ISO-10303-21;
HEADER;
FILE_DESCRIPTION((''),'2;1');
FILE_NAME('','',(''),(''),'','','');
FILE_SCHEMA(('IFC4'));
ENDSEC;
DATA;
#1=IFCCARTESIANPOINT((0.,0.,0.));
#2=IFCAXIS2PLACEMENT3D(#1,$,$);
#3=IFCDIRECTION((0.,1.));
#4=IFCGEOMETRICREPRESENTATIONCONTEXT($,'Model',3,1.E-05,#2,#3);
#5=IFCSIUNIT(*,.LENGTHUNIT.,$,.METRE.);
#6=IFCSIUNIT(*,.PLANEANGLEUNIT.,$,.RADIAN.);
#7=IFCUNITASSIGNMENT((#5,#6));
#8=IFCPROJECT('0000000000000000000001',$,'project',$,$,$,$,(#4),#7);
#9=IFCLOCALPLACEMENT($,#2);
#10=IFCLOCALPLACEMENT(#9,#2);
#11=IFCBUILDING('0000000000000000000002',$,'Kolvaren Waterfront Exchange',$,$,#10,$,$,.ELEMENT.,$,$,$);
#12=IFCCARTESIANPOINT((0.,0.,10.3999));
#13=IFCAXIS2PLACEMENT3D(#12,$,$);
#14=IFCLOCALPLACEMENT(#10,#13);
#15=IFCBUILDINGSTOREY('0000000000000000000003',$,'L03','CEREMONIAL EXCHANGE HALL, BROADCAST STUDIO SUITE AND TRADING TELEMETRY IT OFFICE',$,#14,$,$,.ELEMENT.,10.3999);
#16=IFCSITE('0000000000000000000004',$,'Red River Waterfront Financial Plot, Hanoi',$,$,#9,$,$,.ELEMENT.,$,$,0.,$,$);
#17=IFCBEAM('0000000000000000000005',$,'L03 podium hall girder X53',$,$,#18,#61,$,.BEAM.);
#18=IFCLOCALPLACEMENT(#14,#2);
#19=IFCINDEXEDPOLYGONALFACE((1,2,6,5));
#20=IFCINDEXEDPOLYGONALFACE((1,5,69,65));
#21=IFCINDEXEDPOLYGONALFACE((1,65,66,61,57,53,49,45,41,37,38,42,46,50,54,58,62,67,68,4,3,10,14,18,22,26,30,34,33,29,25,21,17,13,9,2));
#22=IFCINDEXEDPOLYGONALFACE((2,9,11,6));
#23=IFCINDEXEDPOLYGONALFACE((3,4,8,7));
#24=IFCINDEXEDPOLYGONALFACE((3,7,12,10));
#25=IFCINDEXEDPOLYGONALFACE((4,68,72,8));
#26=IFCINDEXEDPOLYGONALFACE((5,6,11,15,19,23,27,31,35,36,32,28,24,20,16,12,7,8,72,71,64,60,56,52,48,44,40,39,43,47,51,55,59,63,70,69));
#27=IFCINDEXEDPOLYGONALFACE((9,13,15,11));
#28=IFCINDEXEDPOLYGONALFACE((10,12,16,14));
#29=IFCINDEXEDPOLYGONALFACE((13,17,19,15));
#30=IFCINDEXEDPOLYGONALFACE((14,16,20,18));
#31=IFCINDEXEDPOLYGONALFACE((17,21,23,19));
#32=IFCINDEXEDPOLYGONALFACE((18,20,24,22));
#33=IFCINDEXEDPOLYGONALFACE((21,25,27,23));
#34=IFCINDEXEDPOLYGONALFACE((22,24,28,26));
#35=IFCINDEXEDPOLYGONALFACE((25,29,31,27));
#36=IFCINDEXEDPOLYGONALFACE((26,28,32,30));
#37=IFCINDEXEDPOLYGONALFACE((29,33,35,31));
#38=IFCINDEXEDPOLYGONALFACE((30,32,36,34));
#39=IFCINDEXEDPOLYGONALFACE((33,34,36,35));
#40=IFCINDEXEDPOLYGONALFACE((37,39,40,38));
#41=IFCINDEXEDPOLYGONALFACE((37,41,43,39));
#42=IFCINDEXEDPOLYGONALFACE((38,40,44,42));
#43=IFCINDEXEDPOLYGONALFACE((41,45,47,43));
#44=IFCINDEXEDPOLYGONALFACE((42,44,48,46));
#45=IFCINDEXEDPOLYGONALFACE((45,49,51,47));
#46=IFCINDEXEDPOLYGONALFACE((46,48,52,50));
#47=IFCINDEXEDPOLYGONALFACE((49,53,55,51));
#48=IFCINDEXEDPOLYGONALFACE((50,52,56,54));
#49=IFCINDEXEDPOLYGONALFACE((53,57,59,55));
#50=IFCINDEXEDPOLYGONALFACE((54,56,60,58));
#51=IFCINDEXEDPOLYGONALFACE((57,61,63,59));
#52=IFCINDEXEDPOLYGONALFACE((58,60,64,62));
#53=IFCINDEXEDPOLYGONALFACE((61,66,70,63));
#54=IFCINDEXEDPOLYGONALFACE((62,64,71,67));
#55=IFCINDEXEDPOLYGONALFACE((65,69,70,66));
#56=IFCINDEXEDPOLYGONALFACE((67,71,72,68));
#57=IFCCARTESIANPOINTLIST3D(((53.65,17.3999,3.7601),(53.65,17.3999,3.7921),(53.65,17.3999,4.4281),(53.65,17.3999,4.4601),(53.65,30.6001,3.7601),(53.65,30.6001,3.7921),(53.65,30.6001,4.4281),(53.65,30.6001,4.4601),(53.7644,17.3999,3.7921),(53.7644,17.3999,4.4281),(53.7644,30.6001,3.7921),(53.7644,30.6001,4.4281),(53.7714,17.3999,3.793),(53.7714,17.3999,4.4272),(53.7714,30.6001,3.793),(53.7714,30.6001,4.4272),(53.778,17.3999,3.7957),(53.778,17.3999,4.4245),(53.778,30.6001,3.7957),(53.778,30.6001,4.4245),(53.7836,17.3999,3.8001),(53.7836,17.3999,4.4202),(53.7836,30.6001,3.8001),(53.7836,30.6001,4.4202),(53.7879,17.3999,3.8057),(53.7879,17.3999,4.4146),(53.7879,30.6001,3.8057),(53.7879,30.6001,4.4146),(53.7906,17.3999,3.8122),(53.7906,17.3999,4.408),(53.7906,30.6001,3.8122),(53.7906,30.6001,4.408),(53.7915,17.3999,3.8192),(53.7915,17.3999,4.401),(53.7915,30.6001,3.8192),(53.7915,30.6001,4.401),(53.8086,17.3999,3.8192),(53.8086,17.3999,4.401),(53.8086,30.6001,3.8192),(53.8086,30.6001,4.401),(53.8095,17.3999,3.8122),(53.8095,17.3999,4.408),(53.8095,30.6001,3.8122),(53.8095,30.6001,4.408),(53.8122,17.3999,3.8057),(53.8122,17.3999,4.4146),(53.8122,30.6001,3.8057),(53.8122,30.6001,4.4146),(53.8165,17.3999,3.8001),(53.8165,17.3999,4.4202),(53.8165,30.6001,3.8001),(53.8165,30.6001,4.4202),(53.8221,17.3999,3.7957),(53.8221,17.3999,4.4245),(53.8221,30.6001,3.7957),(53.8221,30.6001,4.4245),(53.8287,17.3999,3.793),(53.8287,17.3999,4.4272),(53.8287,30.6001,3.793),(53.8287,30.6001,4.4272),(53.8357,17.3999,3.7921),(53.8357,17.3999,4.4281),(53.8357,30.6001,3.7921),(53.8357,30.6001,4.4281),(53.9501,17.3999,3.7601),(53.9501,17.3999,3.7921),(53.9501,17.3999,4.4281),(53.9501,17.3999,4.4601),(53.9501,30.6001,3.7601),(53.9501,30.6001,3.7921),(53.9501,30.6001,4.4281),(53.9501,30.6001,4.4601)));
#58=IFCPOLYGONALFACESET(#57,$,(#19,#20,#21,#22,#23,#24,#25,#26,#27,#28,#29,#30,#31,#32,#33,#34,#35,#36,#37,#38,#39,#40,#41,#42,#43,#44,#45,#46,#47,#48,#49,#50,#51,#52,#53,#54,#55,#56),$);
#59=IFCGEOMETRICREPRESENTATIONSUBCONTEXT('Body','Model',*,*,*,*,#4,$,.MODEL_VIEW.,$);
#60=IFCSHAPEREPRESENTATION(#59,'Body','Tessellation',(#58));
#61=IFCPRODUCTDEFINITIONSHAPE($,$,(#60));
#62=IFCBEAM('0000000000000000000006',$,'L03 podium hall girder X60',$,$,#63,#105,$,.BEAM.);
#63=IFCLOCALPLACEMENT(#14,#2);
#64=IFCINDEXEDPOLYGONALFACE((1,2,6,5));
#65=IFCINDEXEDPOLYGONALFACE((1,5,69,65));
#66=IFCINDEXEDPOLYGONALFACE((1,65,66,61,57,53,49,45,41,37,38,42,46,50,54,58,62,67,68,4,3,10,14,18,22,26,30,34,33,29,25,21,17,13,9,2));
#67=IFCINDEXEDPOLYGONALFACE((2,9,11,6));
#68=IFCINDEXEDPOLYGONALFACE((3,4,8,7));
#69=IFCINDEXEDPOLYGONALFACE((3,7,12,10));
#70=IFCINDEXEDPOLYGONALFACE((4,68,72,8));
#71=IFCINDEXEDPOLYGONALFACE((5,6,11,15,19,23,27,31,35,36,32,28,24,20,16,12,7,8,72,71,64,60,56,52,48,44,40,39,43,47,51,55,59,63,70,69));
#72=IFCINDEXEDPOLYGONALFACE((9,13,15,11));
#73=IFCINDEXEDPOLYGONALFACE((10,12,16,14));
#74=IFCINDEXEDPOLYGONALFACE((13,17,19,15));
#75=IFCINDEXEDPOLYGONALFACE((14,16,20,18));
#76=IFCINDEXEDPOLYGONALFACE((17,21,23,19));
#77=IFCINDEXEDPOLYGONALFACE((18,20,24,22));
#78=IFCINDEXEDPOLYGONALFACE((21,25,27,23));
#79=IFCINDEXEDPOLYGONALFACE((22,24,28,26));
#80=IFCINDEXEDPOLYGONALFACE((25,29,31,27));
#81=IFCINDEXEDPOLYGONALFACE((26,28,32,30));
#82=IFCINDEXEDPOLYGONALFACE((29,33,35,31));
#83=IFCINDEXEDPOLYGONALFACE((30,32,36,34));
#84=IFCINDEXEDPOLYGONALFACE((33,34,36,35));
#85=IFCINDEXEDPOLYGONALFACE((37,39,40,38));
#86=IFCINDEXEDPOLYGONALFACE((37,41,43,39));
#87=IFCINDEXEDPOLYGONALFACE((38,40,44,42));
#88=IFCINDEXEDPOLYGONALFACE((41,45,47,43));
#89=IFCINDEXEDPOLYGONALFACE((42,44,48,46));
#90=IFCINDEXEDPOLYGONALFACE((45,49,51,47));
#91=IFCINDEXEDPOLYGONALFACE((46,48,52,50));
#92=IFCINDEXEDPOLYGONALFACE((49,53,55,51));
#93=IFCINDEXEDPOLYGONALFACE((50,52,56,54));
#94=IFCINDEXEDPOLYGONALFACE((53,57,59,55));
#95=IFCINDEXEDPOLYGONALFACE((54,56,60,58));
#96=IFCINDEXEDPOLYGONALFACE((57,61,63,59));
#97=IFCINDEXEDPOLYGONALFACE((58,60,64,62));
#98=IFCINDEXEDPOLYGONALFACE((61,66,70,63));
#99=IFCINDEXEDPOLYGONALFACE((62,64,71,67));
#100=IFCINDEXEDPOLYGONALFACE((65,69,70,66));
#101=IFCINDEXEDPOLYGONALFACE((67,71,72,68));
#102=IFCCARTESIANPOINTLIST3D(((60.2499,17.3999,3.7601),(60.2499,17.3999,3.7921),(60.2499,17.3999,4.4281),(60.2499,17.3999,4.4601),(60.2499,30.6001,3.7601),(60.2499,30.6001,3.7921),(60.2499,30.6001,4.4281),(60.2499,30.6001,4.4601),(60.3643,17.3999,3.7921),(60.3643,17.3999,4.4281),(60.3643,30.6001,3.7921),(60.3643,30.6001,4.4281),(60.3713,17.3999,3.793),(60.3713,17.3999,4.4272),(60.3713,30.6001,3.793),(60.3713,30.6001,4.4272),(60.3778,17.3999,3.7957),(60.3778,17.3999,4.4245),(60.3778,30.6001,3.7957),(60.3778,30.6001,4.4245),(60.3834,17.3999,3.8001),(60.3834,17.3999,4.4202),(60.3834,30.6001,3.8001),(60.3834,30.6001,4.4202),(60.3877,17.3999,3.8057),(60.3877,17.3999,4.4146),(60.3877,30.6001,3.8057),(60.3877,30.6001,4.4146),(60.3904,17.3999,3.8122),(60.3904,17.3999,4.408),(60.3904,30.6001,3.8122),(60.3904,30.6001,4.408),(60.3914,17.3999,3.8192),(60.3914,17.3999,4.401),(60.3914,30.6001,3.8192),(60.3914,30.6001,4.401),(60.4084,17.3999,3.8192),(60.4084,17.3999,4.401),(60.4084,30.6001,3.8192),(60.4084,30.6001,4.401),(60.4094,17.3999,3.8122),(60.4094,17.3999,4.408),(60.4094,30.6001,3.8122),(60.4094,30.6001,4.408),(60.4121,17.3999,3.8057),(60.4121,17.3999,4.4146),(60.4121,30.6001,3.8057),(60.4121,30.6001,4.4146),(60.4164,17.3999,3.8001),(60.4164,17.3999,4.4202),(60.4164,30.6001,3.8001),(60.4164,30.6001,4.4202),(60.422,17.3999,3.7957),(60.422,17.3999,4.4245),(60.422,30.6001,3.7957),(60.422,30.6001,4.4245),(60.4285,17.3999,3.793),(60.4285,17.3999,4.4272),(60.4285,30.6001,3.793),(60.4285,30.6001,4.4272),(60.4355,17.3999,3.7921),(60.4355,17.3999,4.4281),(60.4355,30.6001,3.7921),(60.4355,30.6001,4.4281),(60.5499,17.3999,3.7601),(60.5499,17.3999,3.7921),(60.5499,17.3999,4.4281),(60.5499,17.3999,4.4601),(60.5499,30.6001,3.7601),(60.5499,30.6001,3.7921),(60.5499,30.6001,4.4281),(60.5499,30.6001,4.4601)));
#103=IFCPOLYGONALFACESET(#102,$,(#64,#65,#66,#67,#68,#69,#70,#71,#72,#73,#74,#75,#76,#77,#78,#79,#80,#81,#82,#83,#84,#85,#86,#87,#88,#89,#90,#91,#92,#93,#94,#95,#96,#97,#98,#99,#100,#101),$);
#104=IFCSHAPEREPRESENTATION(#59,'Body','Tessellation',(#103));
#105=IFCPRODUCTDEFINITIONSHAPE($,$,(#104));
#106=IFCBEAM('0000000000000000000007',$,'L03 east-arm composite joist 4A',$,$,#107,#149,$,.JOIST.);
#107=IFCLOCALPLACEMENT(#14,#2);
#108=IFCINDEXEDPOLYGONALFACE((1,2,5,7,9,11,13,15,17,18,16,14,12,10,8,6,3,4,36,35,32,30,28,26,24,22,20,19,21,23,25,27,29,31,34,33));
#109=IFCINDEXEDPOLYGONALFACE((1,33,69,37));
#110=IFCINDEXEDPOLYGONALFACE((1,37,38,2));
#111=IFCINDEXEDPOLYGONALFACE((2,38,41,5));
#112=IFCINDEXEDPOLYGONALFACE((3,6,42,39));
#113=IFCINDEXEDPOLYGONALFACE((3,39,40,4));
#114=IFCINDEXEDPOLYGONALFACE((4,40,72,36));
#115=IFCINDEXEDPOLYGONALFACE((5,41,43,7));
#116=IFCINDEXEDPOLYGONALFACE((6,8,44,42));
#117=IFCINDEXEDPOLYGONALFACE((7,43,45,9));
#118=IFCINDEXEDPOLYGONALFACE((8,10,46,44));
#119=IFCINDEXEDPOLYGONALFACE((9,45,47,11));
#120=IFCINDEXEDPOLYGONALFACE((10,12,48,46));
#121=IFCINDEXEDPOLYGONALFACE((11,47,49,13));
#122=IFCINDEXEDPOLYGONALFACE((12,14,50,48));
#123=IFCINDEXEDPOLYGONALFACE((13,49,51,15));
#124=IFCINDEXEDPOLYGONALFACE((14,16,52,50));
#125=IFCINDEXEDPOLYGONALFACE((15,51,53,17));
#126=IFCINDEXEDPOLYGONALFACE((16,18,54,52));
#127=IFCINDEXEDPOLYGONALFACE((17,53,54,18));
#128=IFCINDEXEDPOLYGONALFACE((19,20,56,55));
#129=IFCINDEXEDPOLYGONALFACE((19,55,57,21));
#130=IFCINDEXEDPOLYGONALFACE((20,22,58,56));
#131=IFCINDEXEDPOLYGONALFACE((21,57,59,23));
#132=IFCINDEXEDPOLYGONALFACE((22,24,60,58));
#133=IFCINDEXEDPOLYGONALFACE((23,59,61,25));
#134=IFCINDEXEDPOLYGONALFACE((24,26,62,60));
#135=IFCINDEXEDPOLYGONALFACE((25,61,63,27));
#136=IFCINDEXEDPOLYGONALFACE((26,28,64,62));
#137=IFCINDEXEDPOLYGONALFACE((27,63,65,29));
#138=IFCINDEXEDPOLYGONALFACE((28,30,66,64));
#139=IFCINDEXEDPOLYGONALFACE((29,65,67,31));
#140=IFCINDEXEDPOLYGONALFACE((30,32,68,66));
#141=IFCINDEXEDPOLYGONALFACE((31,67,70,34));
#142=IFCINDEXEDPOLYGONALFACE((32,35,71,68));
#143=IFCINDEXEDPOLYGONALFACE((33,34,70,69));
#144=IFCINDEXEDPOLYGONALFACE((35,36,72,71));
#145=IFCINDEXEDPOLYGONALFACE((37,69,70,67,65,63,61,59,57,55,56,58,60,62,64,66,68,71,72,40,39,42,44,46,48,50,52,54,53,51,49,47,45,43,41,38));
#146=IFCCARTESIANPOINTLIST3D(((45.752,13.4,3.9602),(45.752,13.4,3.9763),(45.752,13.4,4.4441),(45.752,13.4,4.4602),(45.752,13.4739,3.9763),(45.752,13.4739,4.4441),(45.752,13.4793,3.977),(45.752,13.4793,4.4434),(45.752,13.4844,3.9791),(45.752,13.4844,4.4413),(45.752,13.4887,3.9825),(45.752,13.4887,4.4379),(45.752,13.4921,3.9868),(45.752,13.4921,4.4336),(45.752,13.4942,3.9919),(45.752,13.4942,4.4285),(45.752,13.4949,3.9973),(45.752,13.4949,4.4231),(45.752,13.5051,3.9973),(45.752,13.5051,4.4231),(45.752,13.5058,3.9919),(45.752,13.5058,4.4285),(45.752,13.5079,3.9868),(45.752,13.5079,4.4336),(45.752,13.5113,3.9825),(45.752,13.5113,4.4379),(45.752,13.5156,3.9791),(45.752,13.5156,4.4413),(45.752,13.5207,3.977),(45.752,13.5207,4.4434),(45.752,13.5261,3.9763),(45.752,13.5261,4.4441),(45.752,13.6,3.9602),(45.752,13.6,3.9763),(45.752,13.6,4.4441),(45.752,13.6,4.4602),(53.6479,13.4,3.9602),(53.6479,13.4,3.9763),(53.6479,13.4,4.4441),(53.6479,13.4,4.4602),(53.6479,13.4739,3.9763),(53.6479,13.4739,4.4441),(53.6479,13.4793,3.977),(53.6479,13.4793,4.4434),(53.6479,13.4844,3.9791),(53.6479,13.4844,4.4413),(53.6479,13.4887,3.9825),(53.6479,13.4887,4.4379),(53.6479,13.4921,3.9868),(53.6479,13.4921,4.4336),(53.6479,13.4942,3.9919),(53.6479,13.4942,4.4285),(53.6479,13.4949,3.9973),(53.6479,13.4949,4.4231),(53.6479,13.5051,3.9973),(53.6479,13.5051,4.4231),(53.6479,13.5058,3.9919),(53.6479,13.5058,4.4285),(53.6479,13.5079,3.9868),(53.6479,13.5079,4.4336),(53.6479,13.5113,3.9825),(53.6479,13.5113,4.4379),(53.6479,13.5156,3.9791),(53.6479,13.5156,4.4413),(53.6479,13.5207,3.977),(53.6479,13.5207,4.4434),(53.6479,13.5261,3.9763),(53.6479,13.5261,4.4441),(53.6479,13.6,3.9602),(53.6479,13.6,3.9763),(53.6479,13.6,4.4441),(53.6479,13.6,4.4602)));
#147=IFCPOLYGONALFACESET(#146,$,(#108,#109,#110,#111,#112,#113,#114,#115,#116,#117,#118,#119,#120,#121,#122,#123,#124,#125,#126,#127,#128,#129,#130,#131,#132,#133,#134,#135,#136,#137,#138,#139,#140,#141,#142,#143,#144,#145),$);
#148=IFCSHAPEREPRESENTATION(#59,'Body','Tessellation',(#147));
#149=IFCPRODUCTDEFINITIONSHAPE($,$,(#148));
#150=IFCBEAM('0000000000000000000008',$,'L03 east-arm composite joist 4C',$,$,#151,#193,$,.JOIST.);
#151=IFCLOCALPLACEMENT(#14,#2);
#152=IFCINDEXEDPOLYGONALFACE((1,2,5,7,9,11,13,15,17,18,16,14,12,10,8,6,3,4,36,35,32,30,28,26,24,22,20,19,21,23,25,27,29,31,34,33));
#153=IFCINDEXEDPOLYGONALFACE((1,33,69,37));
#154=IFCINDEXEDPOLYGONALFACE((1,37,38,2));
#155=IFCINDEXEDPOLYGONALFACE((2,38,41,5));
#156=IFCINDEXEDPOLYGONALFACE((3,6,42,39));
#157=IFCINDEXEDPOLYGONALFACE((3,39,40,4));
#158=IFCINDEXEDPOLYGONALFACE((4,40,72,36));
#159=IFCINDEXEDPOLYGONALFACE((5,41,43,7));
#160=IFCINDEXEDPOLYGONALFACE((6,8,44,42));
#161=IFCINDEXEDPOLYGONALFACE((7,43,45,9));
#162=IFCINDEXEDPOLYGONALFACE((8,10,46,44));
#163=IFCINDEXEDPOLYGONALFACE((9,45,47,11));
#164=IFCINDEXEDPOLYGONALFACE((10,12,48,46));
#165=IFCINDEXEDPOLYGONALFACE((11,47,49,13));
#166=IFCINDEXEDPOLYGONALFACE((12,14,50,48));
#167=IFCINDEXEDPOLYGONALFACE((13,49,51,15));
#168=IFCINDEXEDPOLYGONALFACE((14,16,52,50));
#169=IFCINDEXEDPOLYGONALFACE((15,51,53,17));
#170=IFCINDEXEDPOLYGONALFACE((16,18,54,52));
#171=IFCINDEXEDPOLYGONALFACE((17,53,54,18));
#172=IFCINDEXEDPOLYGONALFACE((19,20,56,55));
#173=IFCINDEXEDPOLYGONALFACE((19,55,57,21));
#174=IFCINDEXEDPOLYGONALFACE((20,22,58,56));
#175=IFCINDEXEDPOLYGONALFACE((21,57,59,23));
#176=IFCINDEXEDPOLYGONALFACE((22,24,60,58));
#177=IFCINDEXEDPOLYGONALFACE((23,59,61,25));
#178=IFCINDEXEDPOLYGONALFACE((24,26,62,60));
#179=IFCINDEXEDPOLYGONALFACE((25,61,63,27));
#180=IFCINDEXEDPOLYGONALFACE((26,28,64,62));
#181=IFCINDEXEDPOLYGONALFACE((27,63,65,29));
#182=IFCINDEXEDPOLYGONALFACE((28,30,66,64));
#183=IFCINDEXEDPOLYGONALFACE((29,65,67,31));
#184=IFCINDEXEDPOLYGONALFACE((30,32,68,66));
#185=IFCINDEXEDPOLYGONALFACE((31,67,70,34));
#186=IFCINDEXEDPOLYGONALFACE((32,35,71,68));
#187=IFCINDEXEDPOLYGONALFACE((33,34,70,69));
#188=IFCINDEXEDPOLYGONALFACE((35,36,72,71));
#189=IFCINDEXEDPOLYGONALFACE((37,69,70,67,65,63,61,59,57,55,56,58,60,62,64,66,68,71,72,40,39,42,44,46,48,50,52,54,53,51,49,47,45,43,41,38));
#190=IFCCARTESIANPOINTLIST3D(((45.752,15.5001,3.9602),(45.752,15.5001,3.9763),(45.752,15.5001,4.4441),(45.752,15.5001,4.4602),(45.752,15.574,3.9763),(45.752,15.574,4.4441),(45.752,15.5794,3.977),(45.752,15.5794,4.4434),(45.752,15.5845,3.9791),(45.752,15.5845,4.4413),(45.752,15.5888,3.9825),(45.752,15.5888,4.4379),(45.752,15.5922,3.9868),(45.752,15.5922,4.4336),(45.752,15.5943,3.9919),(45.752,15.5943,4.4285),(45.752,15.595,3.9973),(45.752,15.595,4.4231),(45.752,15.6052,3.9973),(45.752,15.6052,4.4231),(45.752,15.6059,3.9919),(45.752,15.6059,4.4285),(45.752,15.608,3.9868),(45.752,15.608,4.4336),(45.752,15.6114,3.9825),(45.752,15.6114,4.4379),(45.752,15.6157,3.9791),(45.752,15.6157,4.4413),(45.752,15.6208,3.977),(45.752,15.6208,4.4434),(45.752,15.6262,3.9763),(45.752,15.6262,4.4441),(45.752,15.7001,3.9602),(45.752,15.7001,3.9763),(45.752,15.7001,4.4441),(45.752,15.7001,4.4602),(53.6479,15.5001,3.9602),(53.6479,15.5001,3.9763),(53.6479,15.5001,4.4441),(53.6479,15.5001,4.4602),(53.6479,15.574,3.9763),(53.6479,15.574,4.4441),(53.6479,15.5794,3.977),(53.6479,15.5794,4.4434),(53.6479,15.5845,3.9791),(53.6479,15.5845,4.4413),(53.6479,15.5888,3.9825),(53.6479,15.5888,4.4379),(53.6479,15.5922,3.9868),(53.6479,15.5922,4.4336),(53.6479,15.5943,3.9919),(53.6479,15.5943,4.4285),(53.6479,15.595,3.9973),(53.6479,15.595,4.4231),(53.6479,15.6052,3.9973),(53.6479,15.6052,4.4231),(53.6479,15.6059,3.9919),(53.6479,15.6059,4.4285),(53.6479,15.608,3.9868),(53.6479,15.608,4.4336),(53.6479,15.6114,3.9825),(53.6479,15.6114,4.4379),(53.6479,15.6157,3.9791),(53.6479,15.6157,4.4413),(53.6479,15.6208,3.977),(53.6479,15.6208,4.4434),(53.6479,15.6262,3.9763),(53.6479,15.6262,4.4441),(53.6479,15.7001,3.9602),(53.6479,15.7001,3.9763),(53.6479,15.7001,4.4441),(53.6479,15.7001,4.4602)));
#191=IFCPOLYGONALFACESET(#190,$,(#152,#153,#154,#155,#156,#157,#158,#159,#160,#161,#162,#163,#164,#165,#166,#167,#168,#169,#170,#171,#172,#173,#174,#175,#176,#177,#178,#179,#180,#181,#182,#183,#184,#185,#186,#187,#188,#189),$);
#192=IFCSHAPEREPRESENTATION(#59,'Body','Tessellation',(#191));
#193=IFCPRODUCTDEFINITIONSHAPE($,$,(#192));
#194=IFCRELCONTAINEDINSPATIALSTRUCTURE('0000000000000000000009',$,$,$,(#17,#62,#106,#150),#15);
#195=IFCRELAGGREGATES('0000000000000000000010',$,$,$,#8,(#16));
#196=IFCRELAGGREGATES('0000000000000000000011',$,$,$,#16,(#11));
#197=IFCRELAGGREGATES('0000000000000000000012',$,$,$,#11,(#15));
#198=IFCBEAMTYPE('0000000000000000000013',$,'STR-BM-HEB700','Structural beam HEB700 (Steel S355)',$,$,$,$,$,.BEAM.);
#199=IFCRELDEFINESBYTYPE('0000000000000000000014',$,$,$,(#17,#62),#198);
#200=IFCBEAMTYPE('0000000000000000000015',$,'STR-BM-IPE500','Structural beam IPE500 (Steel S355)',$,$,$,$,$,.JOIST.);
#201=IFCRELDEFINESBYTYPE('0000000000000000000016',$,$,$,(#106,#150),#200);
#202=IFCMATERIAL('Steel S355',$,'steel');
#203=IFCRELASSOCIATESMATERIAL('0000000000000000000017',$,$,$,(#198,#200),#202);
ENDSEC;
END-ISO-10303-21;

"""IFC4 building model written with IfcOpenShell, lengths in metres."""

from ifc_helpers import new_model, si_unit, direction, frame, origin, origin_2d, place, context, subcontext, project, spatial, i_section, extrude, material, material_profile, profile_set, type_object, element, save


model = new_model("IFC4")

# Units and contexts
model_context = context("Model", 3, precision=1e-05, world=origin(), true_north=direction((0.0, 1.0)))
body_context = subcontext(model_context, "Body", "Model", "MODEL_VIEW")
ifc_project = project(units=[si_unit("LENGTHUNIT", "METRE"), si_unit("PLANEANGLEUNIT", "RADIAN")], contexts=[model_context])

# Site, building, storey
site_placement = place(None, origin())
site = spatial("IfcSite", under=ifc_project, at=site_placement, Name="Red River Waterfront Financial Plot, Hanoi", CompositionType="ELEMENT", RefElevation=0.0)
building_placement = place(site_placement, origin())
building = spatial("IfcBuilding", under=site, at=building_placement, Name="Kolvaren Waterfront Exchange", CompositionType="ELEMENT")
storey_placement = place(building_placement, frame((0.0, 0.0, 10.3999)))
storey = spatial("IfcBuildingStorey", under=building, at=storey_placement, Name="L03", Description="CEREMONIAL EXCHANGE HALL, BROADCAST STUDIO SUITE AND TRADING TELEMETRY IT OFFICE", CompositionType="ELEMENT", Elevation=10.3999)

# Beams
ifc_material_1 = material(Name="Steel S355", Category="steel")
ifc_material_profile_1 = material_profile(ifc_material_1, i_section(OverallWidth=0.3, OverallDepth=0.7, WebThickness=0.0171, FlangeThickness=0.032, FilletRadius=0.0271, at=origin_2d()), Name="HEB700")
ifc_profile_set_1 = profile_set([ifc_material_profile_1], Name="Steel S355")
beam_type_1 = type_object("IfcBeamType", Name="STR-BM-HEB700", Description="Structural beam HEB700 (Steel S355)", PredefinedType="BEAM", material=ifc_profile_set_1)
for number, where, z_axis, x_axis, name in (
    (1, (53.8, 17.3999, 4.1101), (0.0, 1.0, 0.0), (-1.0, 0.0, 0.0), "L03 podium hall girder X53"),
    (2, (60.3999, 17.3999, 4.1101), (0.0, 1.0, 0.0), (-1.0, 0.0, 0.0), "L03 podium hall girder X60"),
):
    element("IfcBeam", number, at=place(storey_placement, frame(where, z_axis=z_axis, x_axis=x_axis)), inside=storey, type_object=beam_type_1, Name=name, PredefinedType="BEAM", context=body_context, shape_type="SweptSolid", body=[
        extrude(i_section(OverallWidth=0.3, OverallDepth=0.7, WebThickness=0.0171, FlangeThickness=0.032, FilletRadius=0.0271, at=origin_2d()), origin(), (0.0, 0.0, 1.0), 13.2002),
    ])
ifc_material_profile_2 = material_profile(ifc_material_1, i_section(OverallWidth=0.2, OverallDepth=0.5, WebThickness=0.0103, FlangeThickness=0.0161, FilletRadius=0.021, at=origin_2d()), Name="IPE500")
ifc_profile_set_2 = profile_set([ifc_material_profile_2], Name="Steel S355")
beam_type_2 = type_object("IfcBeamType", Name="STR-BM-IPE500", Description="Structural beam IPE500 (Steel S355)", PredefinedType="JOIST", material=ifc_profile_set_2)
for number, where, z_axis, x_axis, name in (
    (3, (45.752, 13.5, 4.2102), (1.0, 0.0, 0.0), (0.0, 1.0, 0.0), "L03 east-arm composite joist 4A"),
    (4, (45.752, 15.6001, 4.2102), (1.0, 0.0, 0.0), (0.0, 1.0, 0.0), "L03 east-arm composite joist 4C"),
):
    element("IfcBeam", number, at=place(storey_placement, frame(where, z_axis=z_axis, x_axis=x_axis)), inside=storey, type_object=beam_type_2, Name=name, PredefinedType="JOIST", context=body_context, shape_type="SweptSolid", body=[
        extrude(i_section(OverallWidth=0.2, OverallDepth=0.5, WebThickness=0.0103, FlangeThickness=0.0161, FilletRadius=0.021, at=origin_2d()), origin(), (0.0, 0.0, 1.0), 7.896),
    ])

save(model, "model.ifc")
